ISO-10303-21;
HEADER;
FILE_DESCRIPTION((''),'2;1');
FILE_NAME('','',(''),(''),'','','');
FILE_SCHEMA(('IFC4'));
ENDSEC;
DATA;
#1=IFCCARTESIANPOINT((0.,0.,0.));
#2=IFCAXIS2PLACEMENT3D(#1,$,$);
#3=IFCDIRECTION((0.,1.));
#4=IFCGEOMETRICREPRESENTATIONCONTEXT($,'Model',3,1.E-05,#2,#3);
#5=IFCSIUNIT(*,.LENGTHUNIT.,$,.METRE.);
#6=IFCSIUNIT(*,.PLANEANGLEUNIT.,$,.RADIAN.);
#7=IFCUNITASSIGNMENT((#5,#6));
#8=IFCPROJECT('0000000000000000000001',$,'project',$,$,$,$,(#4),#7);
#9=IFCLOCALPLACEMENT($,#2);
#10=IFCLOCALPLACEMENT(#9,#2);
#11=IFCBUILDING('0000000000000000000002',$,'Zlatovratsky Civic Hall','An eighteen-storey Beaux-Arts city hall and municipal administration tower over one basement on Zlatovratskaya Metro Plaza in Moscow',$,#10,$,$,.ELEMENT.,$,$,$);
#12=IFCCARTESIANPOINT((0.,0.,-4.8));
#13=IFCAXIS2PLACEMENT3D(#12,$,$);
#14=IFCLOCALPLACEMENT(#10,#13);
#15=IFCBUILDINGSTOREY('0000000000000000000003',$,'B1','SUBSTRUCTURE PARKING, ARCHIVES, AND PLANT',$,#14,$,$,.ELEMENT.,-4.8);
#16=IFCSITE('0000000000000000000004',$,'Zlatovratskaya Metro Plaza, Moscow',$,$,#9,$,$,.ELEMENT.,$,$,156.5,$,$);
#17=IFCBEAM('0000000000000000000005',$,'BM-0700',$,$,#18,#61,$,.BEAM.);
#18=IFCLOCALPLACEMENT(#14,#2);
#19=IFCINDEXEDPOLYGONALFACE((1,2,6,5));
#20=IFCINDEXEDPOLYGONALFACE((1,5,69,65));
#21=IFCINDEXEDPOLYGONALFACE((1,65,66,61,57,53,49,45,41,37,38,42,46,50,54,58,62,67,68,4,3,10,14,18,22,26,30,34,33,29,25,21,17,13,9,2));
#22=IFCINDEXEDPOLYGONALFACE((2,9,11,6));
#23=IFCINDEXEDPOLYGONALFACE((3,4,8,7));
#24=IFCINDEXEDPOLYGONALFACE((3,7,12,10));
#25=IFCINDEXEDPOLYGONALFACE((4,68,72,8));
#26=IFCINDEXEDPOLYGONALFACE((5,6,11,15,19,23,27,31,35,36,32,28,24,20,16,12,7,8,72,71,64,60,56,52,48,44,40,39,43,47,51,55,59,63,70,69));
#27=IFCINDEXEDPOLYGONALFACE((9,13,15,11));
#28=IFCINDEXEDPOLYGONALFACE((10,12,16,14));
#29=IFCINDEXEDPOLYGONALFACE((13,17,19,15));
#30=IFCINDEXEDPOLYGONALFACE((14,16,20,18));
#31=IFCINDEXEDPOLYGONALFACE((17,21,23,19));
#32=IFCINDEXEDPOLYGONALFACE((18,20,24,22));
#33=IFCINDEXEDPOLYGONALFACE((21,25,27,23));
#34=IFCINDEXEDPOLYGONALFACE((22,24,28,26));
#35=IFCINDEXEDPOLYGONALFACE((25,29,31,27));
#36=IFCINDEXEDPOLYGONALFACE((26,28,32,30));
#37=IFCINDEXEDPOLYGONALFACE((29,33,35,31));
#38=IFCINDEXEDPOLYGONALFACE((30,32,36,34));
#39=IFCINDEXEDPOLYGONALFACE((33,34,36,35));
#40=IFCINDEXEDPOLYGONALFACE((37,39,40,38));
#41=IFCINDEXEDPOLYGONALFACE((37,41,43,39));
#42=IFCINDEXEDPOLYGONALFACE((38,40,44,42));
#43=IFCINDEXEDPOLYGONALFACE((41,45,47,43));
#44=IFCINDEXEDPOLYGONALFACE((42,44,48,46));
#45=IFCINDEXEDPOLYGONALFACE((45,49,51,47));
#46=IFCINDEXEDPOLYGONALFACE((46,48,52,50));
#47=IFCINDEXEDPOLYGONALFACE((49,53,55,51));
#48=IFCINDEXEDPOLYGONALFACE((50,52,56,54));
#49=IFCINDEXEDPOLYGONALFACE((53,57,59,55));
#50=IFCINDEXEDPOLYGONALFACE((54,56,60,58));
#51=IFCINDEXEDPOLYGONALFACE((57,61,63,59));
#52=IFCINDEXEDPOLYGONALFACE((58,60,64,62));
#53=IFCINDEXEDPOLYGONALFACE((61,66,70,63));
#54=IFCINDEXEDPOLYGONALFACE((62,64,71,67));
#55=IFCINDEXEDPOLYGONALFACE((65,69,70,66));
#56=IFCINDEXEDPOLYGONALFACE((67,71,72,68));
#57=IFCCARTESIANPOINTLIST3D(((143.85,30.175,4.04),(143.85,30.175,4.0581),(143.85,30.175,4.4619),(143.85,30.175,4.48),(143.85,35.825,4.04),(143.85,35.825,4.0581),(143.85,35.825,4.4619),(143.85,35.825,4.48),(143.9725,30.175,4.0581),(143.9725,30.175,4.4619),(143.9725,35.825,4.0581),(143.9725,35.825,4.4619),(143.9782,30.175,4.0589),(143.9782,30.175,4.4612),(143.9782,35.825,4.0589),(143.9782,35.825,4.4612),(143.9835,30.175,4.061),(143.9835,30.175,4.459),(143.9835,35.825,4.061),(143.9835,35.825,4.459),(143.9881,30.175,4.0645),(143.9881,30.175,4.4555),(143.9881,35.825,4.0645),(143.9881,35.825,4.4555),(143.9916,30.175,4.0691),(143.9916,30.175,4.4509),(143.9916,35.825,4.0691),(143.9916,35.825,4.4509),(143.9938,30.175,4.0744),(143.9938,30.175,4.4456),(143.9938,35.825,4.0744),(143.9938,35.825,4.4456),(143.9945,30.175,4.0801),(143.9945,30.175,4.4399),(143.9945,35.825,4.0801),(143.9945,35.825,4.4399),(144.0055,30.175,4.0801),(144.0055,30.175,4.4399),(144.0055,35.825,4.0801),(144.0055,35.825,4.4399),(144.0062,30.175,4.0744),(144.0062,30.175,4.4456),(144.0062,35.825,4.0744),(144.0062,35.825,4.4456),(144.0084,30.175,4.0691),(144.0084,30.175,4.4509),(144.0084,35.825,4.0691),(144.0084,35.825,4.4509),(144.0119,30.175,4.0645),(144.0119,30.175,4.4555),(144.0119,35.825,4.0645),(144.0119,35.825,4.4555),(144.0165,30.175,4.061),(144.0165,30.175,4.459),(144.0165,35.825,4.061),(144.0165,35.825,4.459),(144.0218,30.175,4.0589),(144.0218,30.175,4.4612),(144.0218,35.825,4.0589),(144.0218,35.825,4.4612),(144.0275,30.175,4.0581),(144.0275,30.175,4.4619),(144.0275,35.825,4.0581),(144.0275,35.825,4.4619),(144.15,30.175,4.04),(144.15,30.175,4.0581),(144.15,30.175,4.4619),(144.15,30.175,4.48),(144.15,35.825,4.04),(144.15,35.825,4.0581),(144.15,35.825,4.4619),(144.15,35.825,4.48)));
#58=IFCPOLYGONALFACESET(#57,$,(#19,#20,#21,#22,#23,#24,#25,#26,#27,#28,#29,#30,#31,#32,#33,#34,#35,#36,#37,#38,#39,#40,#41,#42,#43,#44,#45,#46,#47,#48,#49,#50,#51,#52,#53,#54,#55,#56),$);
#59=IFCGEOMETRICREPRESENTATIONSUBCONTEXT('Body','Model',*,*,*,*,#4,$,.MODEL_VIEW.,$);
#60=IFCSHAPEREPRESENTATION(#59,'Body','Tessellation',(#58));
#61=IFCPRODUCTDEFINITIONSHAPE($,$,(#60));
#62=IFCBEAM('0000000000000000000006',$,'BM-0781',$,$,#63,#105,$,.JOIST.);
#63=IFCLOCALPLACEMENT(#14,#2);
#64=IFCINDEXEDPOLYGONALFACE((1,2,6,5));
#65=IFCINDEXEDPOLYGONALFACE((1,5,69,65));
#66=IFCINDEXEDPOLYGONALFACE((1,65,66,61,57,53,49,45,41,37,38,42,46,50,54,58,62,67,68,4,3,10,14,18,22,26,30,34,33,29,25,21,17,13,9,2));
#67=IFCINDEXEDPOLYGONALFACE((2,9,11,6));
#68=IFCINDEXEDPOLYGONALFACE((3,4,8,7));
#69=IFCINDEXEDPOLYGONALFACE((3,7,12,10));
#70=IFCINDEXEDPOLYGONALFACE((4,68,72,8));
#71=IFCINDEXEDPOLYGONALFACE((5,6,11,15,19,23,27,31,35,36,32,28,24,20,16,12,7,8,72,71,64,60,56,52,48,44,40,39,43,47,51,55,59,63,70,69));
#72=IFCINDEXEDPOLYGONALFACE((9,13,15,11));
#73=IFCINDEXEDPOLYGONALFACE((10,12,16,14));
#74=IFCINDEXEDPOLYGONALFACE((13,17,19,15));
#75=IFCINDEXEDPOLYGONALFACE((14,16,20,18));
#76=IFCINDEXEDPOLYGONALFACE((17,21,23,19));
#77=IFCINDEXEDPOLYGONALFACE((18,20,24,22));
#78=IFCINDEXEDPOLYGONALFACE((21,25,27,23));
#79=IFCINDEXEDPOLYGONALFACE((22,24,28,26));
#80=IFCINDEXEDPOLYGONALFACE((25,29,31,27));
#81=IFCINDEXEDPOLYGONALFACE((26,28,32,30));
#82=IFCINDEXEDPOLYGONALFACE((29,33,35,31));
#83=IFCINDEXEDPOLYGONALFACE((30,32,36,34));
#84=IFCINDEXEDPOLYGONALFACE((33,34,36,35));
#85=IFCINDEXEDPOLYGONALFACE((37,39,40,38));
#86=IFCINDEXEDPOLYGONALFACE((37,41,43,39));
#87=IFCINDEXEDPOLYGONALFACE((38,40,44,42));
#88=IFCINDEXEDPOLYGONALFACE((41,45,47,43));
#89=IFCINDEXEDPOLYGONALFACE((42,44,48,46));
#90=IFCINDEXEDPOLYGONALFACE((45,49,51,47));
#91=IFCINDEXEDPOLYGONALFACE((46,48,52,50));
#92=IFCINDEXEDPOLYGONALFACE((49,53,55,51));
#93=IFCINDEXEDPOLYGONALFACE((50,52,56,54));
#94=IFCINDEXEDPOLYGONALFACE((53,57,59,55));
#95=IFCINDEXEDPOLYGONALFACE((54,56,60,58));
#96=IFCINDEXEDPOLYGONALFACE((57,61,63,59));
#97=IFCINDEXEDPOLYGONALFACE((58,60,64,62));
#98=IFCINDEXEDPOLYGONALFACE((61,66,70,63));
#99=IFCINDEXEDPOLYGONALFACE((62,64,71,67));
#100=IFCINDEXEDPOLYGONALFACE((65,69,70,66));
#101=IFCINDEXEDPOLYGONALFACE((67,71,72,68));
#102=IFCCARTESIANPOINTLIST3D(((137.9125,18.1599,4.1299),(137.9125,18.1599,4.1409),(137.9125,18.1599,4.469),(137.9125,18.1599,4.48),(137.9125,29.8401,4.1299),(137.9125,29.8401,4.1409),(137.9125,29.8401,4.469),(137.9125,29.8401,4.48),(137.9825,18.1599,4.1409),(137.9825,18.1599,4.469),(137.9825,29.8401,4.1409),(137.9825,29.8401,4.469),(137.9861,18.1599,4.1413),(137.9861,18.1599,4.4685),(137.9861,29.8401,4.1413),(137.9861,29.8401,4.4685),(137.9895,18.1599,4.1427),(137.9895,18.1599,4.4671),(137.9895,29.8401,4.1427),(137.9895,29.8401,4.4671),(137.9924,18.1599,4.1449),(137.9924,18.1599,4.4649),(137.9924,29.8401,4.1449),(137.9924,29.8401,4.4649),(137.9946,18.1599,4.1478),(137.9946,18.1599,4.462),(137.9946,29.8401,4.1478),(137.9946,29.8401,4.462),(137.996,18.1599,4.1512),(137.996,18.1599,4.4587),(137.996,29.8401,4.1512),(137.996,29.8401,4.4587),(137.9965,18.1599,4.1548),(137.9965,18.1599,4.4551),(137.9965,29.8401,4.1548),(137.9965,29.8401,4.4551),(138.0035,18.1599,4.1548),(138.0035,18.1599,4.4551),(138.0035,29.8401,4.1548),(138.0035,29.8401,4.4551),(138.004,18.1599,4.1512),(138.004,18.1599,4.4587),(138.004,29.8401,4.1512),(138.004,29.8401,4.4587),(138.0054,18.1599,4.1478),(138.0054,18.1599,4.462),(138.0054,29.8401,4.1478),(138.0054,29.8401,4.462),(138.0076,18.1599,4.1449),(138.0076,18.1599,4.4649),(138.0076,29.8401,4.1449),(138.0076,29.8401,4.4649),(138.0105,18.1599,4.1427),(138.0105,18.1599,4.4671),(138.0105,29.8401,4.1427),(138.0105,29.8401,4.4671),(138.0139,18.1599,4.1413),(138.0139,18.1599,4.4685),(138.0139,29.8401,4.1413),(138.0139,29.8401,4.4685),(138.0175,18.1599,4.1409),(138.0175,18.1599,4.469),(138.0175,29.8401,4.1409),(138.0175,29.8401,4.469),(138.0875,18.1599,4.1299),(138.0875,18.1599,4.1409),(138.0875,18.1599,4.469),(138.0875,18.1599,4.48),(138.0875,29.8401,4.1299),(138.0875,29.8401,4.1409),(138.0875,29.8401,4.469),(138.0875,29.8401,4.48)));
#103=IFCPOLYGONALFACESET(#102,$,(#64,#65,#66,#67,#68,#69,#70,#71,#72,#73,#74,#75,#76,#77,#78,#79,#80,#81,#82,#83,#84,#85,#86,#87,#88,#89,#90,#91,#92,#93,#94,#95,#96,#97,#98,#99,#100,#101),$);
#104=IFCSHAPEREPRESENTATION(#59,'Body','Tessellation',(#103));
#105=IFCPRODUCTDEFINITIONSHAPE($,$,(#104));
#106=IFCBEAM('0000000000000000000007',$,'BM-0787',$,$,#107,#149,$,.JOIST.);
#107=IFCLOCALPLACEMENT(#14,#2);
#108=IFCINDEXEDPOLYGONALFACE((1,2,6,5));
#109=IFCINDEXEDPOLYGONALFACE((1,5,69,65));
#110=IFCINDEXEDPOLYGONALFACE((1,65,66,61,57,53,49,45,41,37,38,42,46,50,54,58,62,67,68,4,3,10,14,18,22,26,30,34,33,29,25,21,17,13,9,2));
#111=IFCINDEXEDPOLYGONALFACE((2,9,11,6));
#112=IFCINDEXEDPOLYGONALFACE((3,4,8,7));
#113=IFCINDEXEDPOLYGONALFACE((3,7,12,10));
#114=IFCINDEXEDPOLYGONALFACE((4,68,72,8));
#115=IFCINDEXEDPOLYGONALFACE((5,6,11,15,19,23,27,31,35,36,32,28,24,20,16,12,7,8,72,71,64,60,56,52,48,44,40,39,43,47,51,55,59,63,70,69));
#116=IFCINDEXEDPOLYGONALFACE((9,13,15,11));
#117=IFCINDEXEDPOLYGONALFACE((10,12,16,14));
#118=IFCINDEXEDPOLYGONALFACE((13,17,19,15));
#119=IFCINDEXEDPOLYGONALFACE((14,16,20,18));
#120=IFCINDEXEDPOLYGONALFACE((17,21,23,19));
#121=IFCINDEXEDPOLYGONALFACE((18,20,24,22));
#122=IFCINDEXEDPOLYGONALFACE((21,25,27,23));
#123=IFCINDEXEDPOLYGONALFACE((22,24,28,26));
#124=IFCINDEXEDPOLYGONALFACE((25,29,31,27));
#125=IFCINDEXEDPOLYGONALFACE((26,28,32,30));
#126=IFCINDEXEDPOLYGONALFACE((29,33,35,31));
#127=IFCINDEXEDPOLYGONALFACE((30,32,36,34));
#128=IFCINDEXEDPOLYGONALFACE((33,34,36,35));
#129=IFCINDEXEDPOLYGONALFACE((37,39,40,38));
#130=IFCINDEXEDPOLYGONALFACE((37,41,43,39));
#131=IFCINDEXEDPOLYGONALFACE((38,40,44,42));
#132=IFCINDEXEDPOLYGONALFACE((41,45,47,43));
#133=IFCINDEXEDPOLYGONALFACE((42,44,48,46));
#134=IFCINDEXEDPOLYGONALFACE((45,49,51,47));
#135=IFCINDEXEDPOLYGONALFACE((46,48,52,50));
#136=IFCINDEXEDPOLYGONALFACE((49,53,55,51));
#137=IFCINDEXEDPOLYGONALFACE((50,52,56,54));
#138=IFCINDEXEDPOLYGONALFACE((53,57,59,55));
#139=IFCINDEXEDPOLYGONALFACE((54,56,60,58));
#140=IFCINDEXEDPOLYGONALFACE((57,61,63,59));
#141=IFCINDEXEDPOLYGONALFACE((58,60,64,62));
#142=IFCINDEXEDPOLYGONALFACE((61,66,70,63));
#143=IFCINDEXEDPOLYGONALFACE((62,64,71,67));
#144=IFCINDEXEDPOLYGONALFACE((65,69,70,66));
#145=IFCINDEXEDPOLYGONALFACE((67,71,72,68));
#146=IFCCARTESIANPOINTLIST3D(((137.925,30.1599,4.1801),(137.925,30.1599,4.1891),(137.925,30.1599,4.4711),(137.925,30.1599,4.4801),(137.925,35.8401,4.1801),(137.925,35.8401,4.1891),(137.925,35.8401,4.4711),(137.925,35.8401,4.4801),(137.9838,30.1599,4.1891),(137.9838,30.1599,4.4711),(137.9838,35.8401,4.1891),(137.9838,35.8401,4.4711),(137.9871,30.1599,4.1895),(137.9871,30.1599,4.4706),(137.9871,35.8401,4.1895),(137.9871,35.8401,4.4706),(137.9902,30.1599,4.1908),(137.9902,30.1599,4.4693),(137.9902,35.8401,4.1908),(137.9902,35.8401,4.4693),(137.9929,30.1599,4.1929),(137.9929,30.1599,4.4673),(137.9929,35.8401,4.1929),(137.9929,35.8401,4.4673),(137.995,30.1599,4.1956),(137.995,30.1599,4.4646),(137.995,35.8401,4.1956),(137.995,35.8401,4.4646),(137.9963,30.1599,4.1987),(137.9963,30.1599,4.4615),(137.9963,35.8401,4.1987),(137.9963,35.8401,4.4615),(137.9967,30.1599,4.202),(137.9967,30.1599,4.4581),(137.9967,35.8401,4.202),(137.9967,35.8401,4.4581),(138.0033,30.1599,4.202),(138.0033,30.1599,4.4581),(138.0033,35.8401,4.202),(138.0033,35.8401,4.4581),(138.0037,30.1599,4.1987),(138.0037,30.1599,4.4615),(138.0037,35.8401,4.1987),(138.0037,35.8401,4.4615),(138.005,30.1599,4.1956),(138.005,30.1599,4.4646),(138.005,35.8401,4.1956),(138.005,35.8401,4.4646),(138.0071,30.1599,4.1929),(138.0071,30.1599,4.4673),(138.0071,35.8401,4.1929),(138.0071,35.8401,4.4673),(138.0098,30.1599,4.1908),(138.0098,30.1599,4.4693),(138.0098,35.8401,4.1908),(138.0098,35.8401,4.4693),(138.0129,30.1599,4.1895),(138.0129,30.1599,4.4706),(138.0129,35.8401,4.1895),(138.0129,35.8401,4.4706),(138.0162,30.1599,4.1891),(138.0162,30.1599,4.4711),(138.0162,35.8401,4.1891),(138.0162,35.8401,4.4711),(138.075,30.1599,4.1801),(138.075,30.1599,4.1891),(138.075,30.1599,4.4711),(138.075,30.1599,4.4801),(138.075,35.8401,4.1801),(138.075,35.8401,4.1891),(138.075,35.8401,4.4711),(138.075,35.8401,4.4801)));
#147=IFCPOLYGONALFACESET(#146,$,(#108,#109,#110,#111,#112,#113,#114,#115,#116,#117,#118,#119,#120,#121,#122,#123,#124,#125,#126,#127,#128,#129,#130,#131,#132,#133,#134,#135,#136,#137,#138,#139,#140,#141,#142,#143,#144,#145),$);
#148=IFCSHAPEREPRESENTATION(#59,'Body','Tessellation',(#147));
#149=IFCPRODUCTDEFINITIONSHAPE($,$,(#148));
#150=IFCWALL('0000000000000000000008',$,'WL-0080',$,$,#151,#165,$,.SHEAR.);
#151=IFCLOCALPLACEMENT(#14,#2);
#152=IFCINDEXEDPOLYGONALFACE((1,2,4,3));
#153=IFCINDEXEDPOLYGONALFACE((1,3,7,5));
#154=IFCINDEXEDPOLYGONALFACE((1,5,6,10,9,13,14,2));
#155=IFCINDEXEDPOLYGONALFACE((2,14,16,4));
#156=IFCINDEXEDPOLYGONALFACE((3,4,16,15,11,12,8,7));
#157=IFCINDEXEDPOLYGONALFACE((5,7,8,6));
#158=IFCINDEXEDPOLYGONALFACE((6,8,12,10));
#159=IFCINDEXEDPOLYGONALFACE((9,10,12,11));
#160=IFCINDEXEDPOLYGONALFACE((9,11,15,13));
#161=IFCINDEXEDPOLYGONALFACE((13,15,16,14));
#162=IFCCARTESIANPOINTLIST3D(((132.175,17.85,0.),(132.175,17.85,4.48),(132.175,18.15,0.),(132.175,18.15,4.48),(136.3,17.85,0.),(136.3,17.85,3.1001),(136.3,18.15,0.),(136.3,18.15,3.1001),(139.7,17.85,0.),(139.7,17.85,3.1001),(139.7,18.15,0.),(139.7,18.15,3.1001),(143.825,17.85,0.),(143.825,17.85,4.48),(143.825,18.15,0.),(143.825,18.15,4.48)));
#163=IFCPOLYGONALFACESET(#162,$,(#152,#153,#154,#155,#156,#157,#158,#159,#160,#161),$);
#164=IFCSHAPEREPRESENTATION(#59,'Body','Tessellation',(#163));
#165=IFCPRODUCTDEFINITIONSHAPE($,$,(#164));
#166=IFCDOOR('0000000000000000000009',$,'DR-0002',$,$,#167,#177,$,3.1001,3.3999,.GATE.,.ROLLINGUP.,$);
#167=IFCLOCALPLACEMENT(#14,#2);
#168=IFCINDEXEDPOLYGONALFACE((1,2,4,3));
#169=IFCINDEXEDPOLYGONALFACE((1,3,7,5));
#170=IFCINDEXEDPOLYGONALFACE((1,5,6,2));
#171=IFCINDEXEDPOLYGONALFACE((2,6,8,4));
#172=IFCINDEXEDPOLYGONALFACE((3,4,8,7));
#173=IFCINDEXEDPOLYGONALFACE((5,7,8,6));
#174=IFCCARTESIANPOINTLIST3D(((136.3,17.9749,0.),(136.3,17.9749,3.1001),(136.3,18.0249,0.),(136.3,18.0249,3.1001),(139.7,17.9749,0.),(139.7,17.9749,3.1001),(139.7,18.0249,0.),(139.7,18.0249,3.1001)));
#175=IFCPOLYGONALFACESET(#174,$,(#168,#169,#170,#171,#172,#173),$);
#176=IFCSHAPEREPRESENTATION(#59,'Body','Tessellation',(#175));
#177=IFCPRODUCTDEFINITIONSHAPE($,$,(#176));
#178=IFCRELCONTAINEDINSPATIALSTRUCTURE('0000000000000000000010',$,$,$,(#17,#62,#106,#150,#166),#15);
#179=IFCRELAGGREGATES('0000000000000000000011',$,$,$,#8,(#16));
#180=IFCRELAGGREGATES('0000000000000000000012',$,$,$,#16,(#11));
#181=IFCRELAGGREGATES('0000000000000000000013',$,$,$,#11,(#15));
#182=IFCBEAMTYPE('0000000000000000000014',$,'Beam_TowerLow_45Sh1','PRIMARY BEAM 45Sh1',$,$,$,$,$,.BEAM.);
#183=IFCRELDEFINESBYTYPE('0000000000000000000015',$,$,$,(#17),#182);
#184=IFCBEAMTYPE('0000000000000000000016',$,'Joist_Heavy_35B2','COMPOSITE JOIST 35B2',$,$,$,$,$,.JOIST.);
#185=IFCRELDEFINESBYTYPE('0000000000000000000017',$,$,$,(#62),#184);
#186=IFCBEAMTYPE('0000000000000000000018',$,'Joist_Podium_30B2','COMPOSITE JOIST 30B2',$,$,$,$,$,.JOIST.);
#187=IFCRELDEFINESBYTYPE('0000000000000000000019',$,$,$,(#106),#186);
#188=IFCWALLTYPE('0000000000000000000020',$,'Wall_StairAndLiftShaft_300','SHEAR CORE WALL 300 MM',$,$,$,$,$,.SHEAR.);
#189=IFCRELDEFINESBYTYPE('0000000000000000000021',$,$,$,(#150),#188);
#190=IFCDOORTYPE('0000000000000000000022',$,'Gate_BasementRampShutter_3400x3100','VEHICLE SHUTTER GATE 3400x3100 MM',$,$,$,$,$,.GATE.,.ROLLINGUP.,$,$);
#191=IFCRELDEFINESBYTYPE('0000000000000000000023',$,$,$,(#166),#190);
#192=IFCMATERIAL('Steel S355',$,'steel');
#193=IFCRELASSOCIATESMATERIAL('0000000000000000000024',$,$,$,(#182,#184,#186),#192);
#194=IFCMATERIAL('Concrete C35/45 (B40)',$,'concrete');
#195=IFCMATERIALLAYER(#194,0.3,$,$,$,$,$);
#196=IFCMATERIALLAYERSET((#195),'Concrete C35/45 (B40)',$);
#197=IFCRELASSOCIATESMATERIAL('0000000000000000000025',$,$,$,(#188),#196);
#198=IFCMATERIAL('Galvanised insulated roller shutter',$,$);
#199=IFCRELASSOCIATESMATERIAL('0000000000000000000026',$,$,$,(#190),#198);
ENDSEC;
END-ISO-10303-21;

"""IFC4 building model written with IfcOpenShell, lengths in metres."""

from ifc_helpers import new_model, si_unit, direction, frame, frame_2d, origin, origin_2d, place, context, subcontext, project, spatial, rectangle, i_section, extrude, material, layer, layer_set, material_profile, profile_set, type_object, element, fill, save


model = new_model("IFC4")

# Units and contexts
model_context = context("Model", 3, precision=1e-05, world=origin(), true_north=direction((0.0, 1.0)))
body_context = subcontext(model_context, "Body", "Model", "MODEL_VIEW")
ifc_project = project(units=[si_unit("LENGTHUNIT", "METRE"), si_unit("PLANEANGLEUNIT", "RADIAN")], contexts=[model_context])

# Site, building, storey
site_placement = place(None, origin())
site = spatial("IfcSite", under=ifc_project, at=site_placement, Name="Zlatovratskaya Metro Plaza, Moscow", CompositionType="ELEMENT", RefElevation=156.5)
building_placement = place(site_placement, origin())
building = spatial("IfcBuilding", under=site, at=building_placement, Name="Zlatovratsky Civic Hall", Description="An eighteen-storey Beaux-Arts city hall and municipal administration tower over one basement on Zlatovratskaya Metro Plaza in Moscow", CompositionType="ELEMENT")
storey_placement = place(building_placement, frame((0.0, 0.0, -4.8)))
storey = spatial("IfcBuildingStorey", under=building, at=storey_placement, Name="B1", Description="SUBSTRUCTURE PARKING, ARCHIVES, AND PLANT", CompositionType="ELEMENT", Elevation=-4.8)

# Shared definitions
ifc_material_1 = material(Name="Steel S355", Category="steel")

# Beams
ifc_material_profile_1 = material_profile(ifc_material_1, i_section(OverallWidth=0.3, OverallDepth=0.4399, WebThickness=0.011, FlangeThickness=0.0181, FilletRadius=0.022, at=origin_2d()), Name="45Sh1")
ifc_profile_set_1 = profile_set([ifc_material_profile_1], Name="Steel S355")
beam_type_1 = type_object("IfcBeamType", Name="Beam_TowerLow_45Sh1", Description="PRIMARY BEAM 45Sh1", PredefinedType="BEAM", material=ifc_profile_set_1)
for number, where, z_axis, x_axis, name in (
    (1, (144.0, 30.175, 4.26), (0.0, 1.0, 0.0), (-1.0, 0.0, 0.0), "BM-0700"),
):
    element("IfcBeam", number, at=place(storey_placement, frame(where, z_axis=z_axis, x_axis=x_axis)), inside=storey, type_object=beam_type_1, Name=name, PredefinedType="BEAM", context=body_context, shape_type="SweptSolid", body=[
        extrude(i_section(OverallWidth=0.3, OverallDepth=0.4399, WebThickness=0.011, FlangeThickness=0.0181, FilletRadius=0.022, at=origin_2d()), origin(), (0.0, 0.0, 1.0), 5.6499),
    ])
ifc_material_profile_2 = material_profile(ifc_material_1, i_section(OverallWidth=0.175, OverallDepth=0.3501, WebThickness=0.0071, FlangeThickness=0.011, FilletRadius=0.0139, at=origin_2d()), Name="35B2")
ifc_profile_set_2 = profile_set([ifc_material_profile_2], Name="Steel S355")
beam_type_2 = type_object("IfcBeamType", Name="Joist_Heavy_35B2", Description="COMPOSITE JOIST 35B2", PredefinedType="JOIST", material=ifc_profile_set_2)
beam_1_placement = place(storey_placement, frame((138.0, 18.1599, 4.3049), z_axis=(0.0, 1.0, 0.0), x_axis=(-1.0, 0.0, 0.0)))
element("IfcBeam", 2, at=beam_1_placement, inside=storey, type_object=beam_type_2, Name="BM-0781", PredefinedType="JOIST", context=body_context, shape_type="SweptSolid", body=[
    extrude(i_section(OverallWidth=0.175, OverallDepth=0.3501, WebThickness=0.0071, FlangeThickness=0.011, FilletRadius=0.0139, at=origin_2d()), origin(), (0.0, 0.0, 1.0), 11.6802),
])
ifc_material_profile_3 = material_profile(ifc_material_1, i_section(OverallWidth=0.1499, OverallDepth=0.3, WebThickness=0.0066, FlangeThickness=0.009, FilletRadius=0.0129, at=origin_2d()), Name="30B2")
ifc_profile_set_3 = profile_set([ifc_material_profile_3], Name="Steel S355")
beam_type_3 = type_object("IfcBeamType", Name="Joist_Podium_30B2", Description="COMPOSITE JOIST 30B2", PredefinedType="JOIST", material=ifc_profile_set_3)
beam_2_placement = place(storey_placement, frame((138.0, 30.1599, 4.3301), z_axis=(0.0, 1.0, 0.0), x_axis=(-1.0, 0.0, 0.0)))
element("IfcBeam", 3, at=beam_2_placement, inside=storey, type_object=beam_type_3, Name="BM-0787", PredefinedType="JOIST", context=body_context, shape_type="SweptSolid", body=[
    extrude(i_section(OverallWidth=0.1499, OverallDepth=0.3, WebThickness=0.0066, FlangeThickness=0.009, FilletRadius=0.0129, at=origin_2d()), origin(), (0.0, 0.0, 1.0), 5.6802),
])

# Wall, opening, door
ifc_material_2 = material(Name="Concrete C35/45 (B40)", Category="concrete")
ifc_layer = layer(ifc_material_2, 0.3)
ifc_layer_set = layer_set([ifc_layer], Name="Concrete C35/45 (B40)")
wall_type = type_object("IfcWallType", Name="Wall_StairAndLiftShaft_300", Description="SHEAR CORE WALL 300 MM", PredefinedType="SHEAR", material=ifc_layer_set)
wall_1_placement = place(storey_placement, frame((132.175, 18.0, 0.0), z_axis=(0.0, 0.0, 1.0), x_axis=(1.0, 0.0, 0.0)))
wall_1 = element("IfcWall", 4, at=wall_1_placement, inside=storey, type_object=wall_type, Name="WL-0080", PredefinedType="SHEAR", context=body_context, shape_type="SweptSolid", body=[
    extrude(rectangle(XDim=11.6499, YDim=0.3, at=frame_2d((5.825, 0.0))), origin(), (0.0, 0.0, 1.0), 4.48),
])
opening_1_placement = place(wall_1_placement, frame((4.125, 0.0, 0.0)))
opening_1 = element("IfcOpeningElement", 5, at=opening_1_placement, cuts=wall_1, PredefinedType="OPENING", context=body_context, shape_type="SweptSolid", body=[
    extrude(rectangle(XDim=3.3999, YDim=3.1001, at=frame_2d((1.7, 1.55))), frame((0.0, 0.165, 0.0), z_axis=(0.0, -1.0, 0.0), x_axis=(1.0, 0.0, 0.0)), (0.0, 0.0, 1.0), 0.3298),
])
ifc_material_3 = material(Name="Galvanised insulated roller shutter")
door_type = type_object("IfcDoorType", Name="Gate_BasementRampShutter_3400x3100", Description="VEHICLE SHUTTER GATE 3400x3100 MM", OperationType="ROLLINGUP", PredefinedType="GATE", material=ifc_material_3)
door_1_placement = place(opening_1_placement, origin())
door_1 = element("IfcDoor", 6, at=door_1_placement, inside=storey, type_object=door_type, Name="DR-0002", OperationType="ROLLINGUP", OverallHeight=3.1001, OverallWidth=3.3999, PredefinedType="GATE", context=body_context, shape_type="SweptSolid", body=[
    extrude(rectangle(XDim=3.3999, YDim=3.1001, at=frame_2d((1.7, 1.55))), frame((0.0, 0.0249, 0.0), z_axis=(0.0, -1.0, 0.0), x_axis=(1.0, 0.0, 0.0)), (0.0, 0.0, 1.0), 0.05),
])
fill(opening_1, door_1)

save(model, "model.ifc")
